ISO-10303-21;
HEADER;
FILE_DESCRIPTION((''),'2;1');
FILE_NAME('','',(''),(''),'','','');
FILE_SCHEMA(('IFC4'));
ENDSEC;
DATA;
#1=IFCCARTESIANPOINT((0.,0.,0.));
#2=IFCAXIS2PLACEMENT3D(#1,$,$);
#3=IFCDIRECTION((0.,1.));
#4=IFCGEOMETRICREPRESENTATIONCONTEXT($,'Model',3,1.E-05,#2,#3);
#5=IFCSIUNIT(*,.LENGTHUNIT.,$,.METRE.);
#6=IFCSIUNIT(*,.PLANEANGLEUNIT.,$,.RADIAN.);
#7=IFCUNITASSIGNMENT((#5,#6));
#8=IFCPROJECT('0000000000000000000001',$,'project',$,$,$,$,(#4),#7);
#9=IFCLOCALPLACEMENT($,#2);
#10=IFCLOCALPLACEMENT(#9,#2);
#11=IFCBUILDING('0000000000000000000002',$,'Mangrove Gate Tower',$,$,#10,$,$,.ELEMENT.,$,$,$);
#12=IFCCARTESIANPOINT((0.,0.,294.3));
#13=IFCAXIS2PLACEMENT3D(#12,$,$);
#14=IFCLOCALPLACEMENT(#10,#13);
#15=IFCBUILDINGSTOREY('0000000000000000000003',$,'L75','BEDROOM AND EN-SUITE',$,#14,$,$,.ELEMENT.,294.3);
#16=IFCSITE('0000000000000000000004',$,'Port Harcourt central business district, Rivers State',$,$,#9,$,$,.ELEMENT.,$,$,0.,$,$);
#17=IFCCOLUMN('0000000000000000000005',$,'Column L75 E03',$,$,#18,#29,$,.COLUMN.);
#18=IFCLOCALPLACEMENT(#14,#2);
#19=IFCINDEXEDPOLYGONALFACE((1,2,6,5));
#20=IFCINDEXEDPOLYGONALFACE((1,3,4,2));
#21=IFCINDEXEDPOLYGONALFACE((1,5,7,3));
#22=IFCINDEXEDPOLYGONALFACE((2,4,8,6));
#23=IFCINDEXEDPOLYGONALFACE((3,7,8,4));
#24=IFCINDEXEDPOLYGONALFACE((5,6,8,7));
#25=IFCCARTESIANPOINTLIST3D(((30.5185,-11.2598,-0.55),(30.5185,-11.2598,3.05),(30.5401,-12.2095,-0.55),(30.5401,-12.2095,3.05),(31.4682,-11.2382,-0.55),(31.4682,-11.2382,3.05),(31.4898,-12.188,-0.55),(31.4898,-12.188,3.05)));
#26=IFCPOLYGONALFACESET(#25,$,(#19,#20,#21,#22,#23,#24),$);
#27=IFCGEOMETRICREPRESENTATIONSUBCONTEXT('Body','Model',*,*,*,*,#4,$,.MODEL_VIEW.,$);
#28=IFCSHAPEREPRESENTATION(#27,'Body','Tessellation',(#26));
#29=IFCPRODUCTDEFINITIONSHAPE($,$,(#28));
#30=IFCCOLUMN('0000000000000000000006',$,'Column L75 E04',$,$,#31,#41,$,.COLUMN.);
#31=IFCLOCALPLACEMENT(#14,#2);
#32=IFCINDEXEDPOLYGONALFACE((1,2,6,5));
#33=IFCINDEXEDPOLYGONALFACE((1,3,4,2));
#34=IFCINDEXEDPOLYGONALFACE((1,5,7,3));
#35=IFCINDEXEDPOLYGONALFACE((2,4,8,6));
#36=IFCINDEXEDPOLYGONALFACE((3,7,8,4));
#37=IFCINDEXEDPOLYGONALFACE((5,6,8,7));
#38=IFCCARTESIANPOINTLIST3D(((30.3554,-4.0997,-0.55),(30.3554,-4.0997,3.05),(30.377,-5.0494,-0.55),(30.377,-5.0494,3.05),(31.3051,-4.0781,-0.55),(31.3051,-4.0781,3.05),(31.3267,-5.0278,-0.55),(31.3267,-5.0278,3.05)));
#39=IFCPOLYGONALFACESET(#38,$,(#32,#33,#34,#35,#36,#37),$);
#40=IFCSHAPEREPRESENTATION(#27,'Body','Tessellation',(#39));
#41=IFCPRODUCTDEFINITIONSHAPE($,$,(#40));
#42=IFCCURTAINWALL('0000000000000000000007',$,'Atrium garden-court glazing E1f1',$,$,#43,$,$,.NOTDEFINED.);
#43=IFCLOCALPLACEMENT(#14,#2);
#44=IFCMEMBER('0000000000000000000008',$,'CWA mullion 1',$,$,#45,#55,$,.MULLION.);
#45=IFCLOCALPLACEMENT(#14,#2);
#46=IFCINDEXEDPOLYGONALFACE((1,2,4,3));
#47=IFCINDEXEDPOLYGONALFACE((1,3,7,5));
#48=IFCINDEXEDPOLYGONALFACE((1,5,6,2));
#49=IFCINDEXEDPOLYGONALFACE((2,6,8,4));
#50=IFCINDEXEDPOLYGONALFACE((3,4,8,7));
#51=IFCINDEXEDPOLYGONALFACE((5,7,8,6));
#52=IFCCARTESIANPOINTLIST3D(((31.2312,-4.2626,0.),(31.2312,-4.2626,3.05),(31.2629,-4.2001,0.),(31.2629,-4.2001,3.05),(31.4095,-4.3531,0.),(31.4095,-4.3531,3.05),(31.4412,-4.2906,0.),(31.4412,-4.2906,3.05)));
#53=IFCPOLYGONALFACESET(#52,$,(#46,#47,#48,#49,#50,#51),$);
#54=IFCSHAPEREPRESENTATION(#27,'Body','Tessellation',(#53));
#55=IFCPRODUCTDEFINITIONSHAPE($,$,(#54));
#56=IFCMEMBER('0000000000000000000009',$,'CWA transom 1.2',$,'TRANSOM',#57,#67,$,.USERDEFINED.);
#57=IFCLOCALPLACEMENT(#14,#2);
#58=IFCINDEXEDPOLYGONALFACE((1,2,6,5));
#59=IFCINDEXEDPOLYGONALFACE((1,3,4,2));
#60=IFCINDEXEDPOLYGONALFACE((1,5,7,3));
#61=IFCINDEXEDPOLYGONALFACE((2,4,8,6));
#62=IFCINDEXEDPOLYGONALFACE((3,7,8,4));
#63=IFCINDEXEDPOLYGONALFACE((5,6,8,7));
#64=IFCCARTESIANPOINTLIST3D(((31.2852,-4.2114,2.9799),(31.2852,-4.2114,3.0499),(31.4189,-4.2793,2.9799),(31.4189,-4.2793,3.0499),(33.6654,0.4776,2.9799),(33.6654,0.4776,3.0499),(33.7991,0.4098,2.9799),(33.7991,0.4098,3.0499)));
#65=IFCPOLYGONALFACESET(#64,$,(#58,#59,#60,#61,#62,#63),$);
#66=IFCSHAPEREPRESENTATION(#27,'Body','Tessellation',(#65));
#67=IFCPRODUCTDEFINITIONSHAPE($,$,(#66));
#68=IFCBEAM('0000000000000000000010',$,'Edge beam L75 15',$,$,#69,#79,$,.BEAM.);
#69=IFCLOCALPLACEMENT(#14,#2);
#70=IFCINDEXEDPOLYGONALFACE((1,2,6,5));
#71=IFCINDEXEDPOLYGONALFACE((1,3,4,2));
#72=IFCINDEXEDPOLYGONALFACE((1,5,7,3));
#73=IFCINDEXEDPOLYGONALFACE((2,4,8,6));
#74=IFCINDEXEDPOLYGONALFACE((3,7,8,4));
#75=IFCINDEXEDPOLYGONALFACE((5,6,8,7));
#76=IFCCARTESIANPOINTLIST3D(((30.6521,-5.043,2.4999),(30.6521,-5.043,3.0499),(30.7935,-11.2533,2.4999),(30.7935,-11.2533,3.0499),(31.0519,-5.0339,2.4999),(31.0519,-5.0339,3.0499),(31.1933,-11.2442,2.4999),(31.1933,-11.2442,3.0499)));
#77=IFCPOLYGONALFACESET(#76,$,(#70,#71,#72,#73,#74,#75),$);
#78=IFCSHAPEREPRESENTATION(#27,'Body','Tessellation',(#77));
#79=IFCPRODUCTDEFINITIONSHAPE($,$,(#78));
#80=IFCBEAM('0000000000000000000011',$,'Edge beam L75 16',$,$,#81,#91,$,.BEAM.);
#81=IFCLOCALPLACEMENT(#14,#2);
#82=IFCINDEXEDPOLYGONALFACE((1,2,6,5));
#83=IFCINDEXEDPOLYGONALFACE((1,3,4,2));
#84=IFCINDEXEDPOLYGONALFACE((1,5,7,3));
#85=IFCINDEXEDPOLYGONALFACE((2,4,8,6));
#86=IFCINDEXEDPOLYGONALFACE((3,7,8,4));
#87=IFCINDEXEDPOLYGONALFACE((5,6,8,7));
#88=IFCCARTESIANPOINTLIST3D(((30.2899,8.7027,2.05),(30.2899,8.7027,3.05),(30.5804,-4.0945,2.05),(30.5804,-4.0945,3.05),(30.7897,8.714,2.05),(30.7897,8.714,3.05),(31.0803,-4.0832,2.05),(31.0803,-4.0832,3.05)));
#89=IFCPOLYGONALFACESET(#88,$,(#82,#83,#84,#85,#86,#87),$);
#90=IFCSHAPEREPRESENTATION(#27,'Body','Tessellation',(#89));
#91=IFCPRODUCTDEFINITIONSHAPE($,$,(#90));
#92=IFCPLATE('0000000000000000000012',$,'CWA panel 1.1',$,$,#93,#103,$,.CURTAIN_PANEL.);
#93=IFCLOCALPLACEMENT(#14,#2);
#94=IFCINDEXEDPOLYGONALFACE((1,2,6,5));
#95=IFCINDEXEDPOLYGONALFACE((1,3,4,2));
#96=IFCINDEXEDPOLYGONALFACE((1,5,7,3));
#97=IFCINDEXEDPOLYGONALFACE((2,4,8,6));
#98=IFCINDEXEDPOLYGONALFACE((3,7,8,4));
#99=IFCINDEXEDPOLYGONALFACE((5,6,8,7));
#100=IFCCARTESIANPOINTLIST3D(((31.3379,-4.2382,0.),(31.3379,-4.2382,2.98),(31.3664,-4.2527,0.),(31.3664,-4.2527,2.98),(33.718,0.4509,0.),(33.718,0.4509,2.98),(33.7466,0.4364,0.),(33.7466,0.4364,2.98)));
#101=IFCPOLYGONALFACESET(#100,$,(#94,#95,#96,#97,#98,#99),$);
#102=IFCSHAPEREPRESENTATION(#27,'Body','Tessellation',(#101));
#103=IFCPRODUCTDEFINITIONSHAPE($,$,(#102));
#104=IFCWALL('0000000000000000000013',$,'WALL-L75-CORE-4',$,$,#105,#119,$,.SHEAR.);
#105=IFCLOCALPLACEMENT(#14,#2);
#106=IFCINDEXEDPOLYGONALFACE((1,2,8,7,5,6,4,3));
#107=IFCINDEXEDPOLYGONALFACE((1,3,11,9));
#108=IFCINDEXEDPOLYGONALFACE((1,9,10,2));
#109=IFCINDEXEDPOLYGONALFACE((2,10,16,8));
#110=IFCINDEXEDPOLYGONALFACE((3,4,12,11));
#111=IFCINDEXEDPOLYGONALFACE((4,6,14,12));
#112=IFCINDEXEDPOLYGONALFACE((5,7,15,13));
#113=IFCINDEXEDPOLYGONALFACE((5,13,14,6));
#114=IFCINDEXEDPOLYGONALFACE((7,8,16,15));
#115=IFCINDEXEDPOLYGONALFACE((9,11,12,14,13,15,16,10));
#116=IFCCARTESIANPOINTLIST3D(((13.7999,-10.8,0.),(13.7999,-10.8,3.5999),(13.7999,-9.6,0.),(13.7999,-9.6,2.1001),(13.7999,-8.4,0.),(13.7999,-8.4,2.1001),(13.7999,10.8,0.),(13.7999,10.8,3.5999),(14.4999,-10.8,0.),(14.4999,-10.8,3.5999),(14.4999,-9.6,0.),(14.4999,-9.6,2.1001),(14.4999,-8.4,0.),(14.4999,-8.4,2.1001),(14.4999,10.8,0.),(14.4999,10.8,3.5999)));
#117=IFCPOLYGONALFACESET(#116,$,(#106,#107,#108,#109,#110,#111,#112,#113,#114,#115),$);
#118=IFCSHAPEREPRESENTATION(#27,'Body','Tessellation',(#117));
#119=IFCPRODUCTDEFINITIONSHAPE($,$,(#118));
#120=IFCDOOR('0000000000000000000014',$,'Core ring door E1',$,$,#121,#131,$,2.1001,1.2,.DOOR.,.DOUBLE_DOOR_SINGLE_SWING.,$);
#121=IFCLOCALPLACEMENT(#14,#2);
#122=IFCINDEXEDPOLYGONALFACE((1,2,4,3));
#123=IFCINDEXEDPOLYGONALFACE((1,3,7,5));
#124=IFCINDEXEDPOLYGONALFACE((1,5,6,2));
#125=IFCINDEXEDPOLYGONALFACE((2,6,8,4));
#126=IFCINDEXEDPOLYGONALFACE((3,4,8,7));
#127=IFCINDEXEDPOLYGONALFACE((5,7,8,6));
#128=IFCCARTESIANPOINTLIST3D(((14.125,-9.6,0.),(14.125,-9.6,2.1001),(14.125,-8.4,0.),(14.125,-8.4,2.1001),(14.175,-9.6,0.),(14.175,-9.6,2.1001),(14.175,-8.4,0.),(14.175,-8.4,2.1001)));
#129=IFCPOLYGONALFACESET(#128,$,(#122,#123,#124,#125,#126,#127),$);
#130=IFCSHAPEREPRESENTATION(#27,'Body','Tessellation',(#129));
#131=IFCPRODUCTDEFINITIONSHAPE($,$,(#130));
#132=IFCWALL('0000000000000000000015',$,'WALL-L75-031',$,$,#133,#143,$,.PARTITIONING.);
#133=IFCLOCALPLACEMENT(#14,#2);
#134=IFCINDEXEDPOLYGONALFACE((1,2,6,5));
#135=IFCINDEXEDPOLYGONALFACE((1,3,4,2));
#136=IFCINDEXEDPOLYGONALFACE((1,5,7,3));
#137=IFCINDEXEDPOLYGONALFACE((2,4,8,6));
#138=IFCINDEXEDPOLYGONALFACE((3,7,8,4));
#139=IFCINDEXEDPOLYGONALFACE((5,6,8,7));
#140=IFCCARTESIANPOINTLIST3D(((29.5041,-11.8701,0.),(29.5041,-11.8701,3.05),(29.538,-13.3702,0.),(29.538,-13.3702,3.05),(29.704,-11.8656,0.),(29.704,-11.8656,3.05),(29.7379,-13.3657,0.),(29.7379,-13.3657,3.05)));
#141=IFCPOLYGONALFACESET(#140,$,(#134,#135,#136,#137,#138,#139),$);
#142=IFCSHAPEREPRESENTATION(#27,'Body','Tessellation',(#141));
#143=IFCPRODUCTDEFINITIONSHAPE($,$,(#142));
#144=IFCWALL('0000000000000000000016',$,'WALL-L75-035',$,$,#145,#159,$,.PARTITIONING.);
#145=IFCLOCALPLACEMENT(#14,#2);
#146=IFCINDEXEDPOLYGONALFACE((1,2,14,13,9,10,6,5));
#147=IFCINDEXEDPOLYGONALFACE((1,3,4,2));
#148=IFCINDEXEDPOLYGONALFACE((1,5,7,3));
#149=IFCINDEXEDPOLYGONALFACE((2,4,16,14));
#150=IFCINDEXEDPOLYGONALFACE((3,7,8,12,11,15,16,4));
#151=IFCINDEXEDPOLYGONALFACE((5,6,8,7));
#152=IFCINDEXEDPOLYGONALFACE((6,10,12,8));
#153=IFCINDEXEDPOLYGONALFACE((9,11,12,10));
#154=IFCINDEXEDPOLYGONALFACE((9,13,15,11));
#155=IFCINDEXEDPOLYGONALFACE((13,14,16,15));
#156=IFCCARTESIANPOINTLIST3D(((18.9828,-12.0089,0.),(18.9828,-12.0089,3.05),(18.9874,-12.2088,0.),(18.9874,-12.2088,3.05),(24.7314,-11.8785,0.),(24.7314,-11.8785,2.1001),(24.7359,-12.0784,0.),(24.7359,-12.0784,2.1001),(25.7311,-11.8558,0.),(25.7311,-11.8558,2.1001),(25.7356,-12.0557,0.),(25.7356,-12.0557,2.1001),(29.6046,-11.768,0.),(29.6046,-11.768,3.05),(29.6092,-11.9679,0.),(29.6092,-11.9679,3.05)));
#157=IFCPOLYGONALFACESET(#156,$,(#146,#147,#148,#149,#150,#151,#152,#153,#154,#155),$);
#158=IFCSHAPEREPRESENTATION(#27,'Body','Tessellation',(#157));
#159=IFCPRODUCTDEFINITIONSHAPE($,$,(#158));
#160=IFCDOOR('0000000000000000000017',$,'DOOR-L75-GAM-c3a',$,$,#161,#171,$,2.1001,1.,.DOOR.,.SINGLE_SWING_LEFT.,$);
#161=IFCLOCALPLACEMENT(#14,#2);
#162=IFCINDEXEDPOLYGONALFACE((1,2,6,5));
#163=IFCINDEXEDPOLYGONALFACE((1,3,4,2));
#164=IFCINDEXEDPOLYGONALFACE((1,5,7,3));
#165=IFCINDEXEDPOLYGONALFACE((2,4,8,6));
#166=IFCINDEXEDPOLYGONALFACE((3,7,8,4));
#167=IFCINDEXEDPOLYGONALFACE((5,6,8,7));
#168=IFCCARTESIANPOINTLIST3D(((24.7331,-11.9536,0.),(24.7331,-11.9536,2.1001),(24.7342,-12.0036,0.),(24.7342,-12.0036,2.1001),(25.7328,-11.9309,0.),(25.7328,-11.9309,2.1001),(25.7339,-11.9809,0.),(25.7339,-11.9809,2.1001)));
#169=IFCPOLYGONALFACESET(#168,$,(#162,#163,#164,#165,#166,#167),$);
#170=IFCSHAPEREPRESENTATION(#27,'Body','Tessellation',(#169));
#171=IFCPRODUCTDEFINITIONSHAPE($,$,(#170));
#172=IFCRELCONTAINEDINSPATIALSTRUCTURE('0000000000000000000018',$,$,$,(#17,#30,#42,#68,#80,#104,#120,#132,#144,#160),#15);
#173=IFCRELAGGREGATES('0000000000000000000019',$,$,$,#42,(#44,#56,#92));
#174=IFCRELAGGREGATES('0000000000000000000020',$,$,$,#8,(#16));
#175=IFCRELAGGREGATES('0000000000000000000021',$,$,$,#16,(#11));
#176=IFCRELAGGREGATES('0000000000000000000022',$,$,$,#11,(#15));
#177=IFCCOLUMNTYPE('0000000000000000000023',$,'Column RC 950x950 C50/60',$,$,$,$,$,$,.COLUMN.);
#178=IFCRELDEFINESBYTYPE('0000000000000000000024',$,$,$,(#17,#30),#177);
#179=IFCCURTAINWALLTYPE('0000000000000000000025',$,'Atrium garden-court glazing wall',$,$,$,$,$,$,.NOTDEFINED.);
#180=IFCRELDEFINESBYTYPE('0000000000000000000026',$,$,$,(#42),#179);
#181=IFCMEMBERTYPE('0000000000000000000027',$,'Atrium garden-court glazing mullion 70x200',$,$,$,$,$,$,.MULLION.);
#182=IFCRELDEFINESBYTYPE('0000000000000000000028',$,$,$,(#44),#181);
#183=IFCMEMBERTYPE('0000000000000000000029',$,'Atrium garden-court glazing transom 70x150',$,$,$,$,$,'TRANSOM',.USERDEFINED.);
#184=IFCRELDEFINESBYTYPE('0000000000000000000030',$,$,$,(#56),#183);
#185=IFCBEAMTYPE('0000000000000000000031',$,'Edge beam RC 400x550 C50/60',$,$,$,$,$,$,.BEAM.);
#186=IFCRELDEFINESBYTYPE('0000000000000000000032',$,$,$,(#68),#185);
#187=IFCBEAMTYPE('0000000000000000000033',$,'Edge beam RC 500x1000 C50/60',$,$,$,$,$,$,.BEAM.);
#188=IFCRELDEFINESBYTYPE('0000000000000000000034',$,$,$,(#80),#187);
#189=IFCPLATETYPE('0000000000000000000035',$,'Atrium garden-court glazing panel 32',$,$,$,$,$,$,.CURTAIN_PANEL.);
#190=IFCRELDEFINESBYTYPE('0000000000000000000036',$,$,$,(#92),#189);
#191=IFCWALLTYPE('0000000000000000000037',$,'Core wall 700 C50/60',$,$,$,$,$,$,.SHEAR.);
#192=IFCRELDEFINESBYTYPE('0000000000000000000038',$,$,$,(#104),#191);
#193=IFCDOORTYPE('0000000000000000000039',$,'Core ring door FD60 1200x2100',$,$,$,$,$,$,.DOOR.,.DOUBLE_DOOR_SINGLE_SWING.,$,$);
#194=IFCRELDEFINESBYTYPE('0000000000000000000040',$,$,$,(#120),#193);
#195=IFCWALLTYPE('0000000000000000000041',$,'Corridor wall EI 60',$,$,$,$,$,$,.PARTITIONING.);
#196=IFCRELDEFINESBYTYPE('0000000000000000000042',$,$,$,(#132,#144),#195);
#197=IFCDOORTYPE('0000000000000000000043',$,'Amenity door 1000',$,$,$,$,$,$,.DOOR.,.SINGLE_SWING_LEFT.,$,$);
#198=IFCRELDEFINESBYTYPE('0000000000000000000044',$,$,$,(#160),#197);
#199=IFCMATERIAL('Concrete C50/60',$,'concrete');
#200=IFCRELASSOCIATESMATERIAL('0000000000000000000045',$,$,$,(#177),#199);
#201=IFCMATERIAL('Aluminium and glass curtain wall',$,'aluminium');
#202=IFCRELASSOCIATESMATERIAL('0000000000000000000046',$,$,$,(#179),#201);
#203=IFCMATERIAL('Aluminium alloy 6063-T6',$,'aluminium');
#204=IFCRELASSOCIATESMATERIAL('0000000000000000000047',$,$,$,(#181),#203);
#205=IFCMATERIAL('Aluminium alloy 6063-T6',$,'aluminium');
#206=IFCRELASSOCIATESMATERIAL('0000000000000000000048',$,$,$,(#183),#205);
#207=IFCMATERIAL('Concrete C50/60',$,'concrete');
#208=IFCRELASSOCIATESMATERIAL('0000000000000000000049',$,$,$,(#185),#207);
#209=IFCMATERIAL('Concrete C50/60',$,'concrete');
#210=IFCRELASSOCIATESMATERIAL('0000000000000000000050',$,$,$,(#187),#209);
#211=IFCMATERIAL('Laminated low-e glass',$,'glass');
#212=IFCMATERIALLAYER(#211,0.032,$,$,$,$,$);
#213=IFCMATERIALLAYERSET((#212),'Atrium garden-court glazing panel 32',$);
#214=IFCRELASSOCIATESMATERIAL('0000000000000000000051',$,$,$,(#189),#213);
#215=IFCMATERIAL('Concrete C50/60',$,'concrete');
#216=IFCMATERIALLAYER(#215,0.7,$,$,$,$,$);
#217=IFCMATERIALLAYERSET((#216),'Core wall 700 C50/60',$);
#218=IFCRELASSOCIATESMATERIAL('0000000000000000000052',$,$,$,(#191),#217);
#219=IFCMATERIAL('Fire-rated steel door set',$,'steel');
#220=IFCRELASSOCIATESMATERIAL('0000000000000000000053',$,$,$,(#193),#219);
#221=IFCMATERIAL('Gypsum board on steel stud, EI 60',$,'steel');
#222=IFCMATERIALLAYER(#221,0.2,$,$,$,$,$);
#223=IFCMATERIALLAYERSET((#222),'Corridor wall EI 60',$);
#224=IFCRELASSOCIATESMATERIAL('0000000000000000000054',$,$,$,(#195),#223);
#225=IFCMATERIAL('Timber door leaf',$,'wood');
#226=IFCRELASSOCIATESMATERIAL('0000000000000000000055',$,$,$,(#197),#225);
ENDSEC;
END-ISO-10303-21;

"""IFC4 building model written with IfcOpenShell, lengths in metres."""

from ifc_helpers import new_model, si_unit, direction, frame, frame_2d, origin, origin_2d, place, context, subcontext, project, spatial, rectangle, extrude, material, layer, layer_set, material_profile, profile_set, type_object, element, fill, aggregate, save


model = new_model("IFC4")

# Units and contexts
model_context = context("Model", 3, precision=1e-05, world=origin(), true_north=direction((0.0, 1.0)))
body_context = subcontext(model_context, "Body", "Model", "MODEL_VIEW")
ifc_project = project(units=[si_unit("LENGTHUNIT", "METRE"), si_unit("PLANEANGLEUNIT", "RADIAN")], contexts=[model_context])

# Site, building, storey
site_placement = place(None, origin())
site = spatial("IfcSite", under=ifc_project, at=site_placement, Name="Port Harcourt central business district, Rivers State", CompositionType="ELEMENT", RefElevation=0.0)
building_placement = place(site_placement, origin())
building = spatial("IfcBuilding", under=site, at=building_placement, Name="Mangrove Gate Tower", CompositionType="ELEMENT")
storey_placement = place(building_placement, frame((0.0, 0.0, 294.3)))
storey = spatial("IfcBuildingStorey", under=building, at=storey_placement, Name="L75", Description="BEDROOM AND EN-SUITE", CompositionType="ELEMENT", Elevation=294.3)

# Columns
ifc_material_1 = material(Name="Concrete C50/60", Category="concrete")
ifc_material_profile_1 = material_profile(ifc_material_1, rectangle(XDim=0.95, YDim=0.95, at=origin_2d()))
ifc_profile_set_1 = profile_set([ifc_material_profile_1], Name="Concrete C50/60")
column_type = type_object("IfcColumnType", Name="Column RC 950x950 C50/60", PredefinedType="COLUMN", material=ifc_profile_set_1)
for number, where, z_axis, x_axis, name in (
    (1, (31.0042, -11.7239, -0.55), (0.0, 0.0, 1.0), (-0.022688, 0.999743, 0.0), "Column L75 E03"),
    (2, (30.8411, -4.5637, -0.55), (0.0, 0.0, 1.0), (-0.022714, 0.999742, 0.0), "Column L75 E04"),
):
    element("IfcColumn", number, at=place(storey_placement, frame(where, z_axis=z_axis, x_axis=x_axis)), inside=storey, type_object=column_type, Name=name, PredefinedType="COLUMN", context=body_context, shape_type="SweptSolid", body=[
        extrude(rectangle(XDim=0.95, YDim=0.95, at=origin_2d()), origin(), (0.0, 0.0, 1.0), 3.6001),
    ])

# Curtain wall, members
ifc_material_2 = material(Name="Aluminium and glass curtain wall", Category="aluminium")
curtain_wall_type = type_object("IfcCurtainWallType", Name="Atrium garden-court glazing wall", PredefinedType="NOTDEFINED", material=ifc_material_2)
curtain_wall_placement = place(storey_placement, origin())
curtain_wall = element("IfcCurtainWall", 3, at=curtain_wall_placement, inside=storey, type_object=curtain_wall_type, Name="Atrium garden-court glazing E1f1", PredefinedType="NOTDEFINED")
ifc_material_3 = material(Name="Aluminium alloy 6063-T6", Category="aluminium")
ifc_material_profile_2 = material_profile(ifc_material_3, rectangle(XDim=0.0701, YDim=0.2, at=origin_2d()))
ifc_profile_set_2 = profile_set([ifc_material_profile_2], Name="Aluminium alloy 6063-T6")
member_type_1 = type_object("IfcMemberType", Name="Atrium garden-court glazing mullion 70x200", PredefinedType="MULLION", material=ifc_profile_set_2)
member_1_placement = place(storey_placement, frame((31.3362, -4.2766, 0.0), z_axis=(0.0, 0.0, 1.0), x_axis=(0.452617, 0.891705, 0.0)))
member_1 = element("IfcMember", 4, at=member_1_placement, type_object=member_type_1, Name="CWA mullion 1", PredefinedType="MULLION", context=body_context, shape_type="SweptSolid", body=[
    extrude(rectangle(XDim=0.0701, YDim=0.2, at=origin_2d()), origin(), (0.0, 0.0, 1.0), 3.05),
])
ifc_material_4 = material(Name="Aluminium alloy 6063-T6", Category="aluminium")
ifc_material_profile_3 = material_profile(ifc_material_4, rectangle(XDim=0.0701, YDim=0.1499, at=origin_2d()))
ifc_profile_set_3 = profile_set([ifc_material_profile_3], Name="Aluminium alloy 6063-T6")
member_type_2 = type_object("IfcMemberType", Name="Atrium garden-court glazing transom 70x150", ElementType="TRANSOM", PredefinedType="USERDEFINED", material=ifc_profile_set_3)
member_2_placement = place(storey_placement, frame((31.3521, -4.2454, 3.0149), z_axis=(0.452628, 0.891699, 0.0), x_axis=(0.0, 0.0, 1.0)))
member_2 = element("IfcMember", 5, at=member_2_placement, type_object=member_type_2, Name="CWA transom 1.2", ObjectType="TRANSOM", PredefinedType="USERDEFINED", context=body_context, shape_type="SweptSolid", body=[
    extrude(rectangle(XDim=0.0701, YDim=0.1499, at=origin_2d()), origin(), (0.0, 0.0, 1.0), 5.2585),
])

# Beams
ifc_material_5 = material(Name="Concrete C50/60", Category="concrete")
ifc_material_profile_4 = material_profile(ifc_material_5, rectangle(XDim=0.3999, YDim=0.55, at=origin_2d()))
ifc_profile_set_4 = profile_set([ifc_material_profile_4], Name="Concrete C50/60")
beam_type_1 = type_object("IfcBeamType", Name="Edge beam RC 400x550 C50/60", PredefinedType="BEAM", material=ifc_profile_set_4)
beam_1_placement = place(storey_placement, frame((30.9934, -11.2488, 2.7749), z_axis=(-0.022756, 0.999741, 0.0), x_axis=(-0.999741, -0.022756, 0.0)))
element("IfcBeam", 6, at=beam_1_placement, inside=storey, type_object=beam_type_1, Name="Edge beam L75 15", PredefinedType="BEAM", context=body_context, shape_type="SweptSolid", body=[
    extrude(rectangle(XDim=0.3999, YDim=0.55, at=origin_2d()), origin(), (0.0, 0.0, 1.0), 6.2119),
])
ifc_material_6 = material(Name="Concrete C50/60", Category="concrete")
ifc_material_profile_5 = material_profile(ifc_material_6, rectangle(XDim=0.5, YDim=1.0, at=origin_2d()))
ifc_profile_set_5 = profile_set([ifc_material_profile_5], Name="Concrete C50/60")
beam_type_2 = type_object("IfcBeamType", Name="Edge beam RC 500x1000 C50/60", PredefinedType="BEAM", material=ifc_profile_set_5)
beam_2_placement = place(storey_placement, frame((30.8303, -4.0889, 2.55), z_axis=(-0.022697, 0.999742, 0.0), x_axis=(-0.999742, -0.022697, 0.0)))
element("IfcBeam", 7, at=beam_2_placement, inside=storey, type_object=beam_type_2, Name="Edge beam L75 16", PredefinedType="BEAM", context=body_context, shape_type="SweptSolid", body=[
    extrude(rectangle(XDim=0.5, YDim=1.0, at=origin_2d()), origin(), (0.0, 0.0, 1.0), 12.8005),
])

# Plate
ifc_material_7 = material(Name="Laminated low-e glass", Category="glass")
ifc_layer_1 = layer(ifc_material_7, 0.032)
ifc_layer_set_1 = layer_set([ifc_layer_1], Name="Atrium garden-court glazing panel 32")
plate_type = type_object("IfcPlateType", Name="Atrium garden-court glazing panel 32", PredefinedType="CURTAIN_PANEL", material=ifc_layer_set_1)
plate_placement = place(storey_placement, frame((32.5422, -1.9009, 0.0), z_axis=(0.0, 0.0, 1.0), x_axis=(0.452617, 0.891705, 0.0)))
plate = element("IfcPlate", 8, at=plate_placement, type_object=plate_type, Name="CWA panel 1.1", PredefinedType="CURTAIN_PANEL", context=body_context, shape_type="SweptSolid", body=[
    extrude(rectangle(XDim=5.2585, YDim=0.032, at=origin_2d()), origin(), (0.0, 0.0, 1.0), 2.98),
])
aggregate(curtain_wall, [member_1, member_2, plate])

# Wall, opening, door
ifc_material_8 = material(Name="Concrete C50/60", Category="concrete")
ifc_layer_2 = layer(ifc_material_8, 0.7)
ifc_layer_set_2 = layer_set([ifc_layer_2], Name="Core wall 700 C50/60")
wall_type_1 = type_object("IfcWallType", Name="Core wall 700 C50/60", PredefinedType="SHEAR", material=ifc_layer_set_2)
wall_1_placement = place(storey_placement, frame((14.1499, -10.8, 0.0), z_axis=(0.0, 0.0, 1.0), x_axis=(0.0, 1.0, 0.0)))
wall_1 = element("IfcWall", 9, at=wall_1_placement, inside=storey, type_object=wall_type_1, Name="WALL-L75-CORE-4", PredefinedType="SHEAR", context=body_context, shape_type="SweptSolid", body=[
    extrude(rectangle(XDim=21.6001, YDim=0.7, at=frame_2d((10.8, 0.0))), origin(), (0.0, 0.0, 1.0), 3.5999),
])
opening_1_placement = place(wall_1_placement, frame((1.2, 0.0, 0.0)))
opening_1 = element("IfcOpeningElement", 10, at=opening_1_placement, cuts=wall_1, PredefinedType="OPENING", context=body_context, shape_type="SweptSolid", body=[
    extrude(rectangle(XDim=1.2, YDim=2.1001, at=frame_2d((0.6001, 1.05))), frame((0.0, 0.3599, 0.0), z_axis=(0.0, -1.0, 0.0), x_axis=(1.0, 0.0, 0.0)), (0.0, 0.0, 1.0), 0.72),
])
ifc_material_9 = material(Name="Fire-rated steel door set", Category="steel")
door_type_1 = type_object("IfcDoorType", Name="Core ring door FD60 1200x2100", OperationType="DOUBLE_DOOR_SINGLE_SWING", PredefinedType="DOOR", material=ifc_material_9)
door_1_placement = place(opening_1_placement, origin())
door_1 = element("IfcDoor", 11, at=door_1_placement, inside=storey, type_object=door_type_1, Name="Core ring door E1", OperationType="DOUBLE_DOOR_SINGLE_SWING", OverallHeight=2.1001, OverallWidth=1.2, PredefinedType="DOOR", context=body_context, shape_type="SweptSolid", body=[
    extrude(rectangle(XDim=1.2, YDim=2.1001, at=frame_2d((0.6001, 1.05))), frame((0.0, 0.0249, 0.0), z_axis=(0.0, -1.0, 0.0), x_axis=(1.0, 0.0, 0.0)), (0.0, 0.0, 1.0), 0.05),
])
fill(opening_1, door_1)

# Wall
ifc_material_10 = material(Name="Gypsum board on steel stud, EI 60", Category="steel")
ifc_layer_3 = layer(ifc_material_10, 0.2)
ifc_layer_set_3 = layer_set([ifc_layer_3], Name="Corridor wall EI 60")
wall_type_2 = type_object("IfcWallType", Name="Corridor wall EI 60", PredefinedType="PARTITIONING", material=ifc_layer_set_3)
wall_2_placement = place(storey_placement, frame((29.6379, -13.3679, 0.0), z_axis=(0.0, 0.0, 1.0), x_axis=(-0.022618, 0.999744, 0.0)))
element("IfcWall", 12, at=wall_2_placement, inside=storey, type_object=wall_type_2, Name="WALL-L75-031", PredefinedType="PARTITIONING", context=body_context, shape_type="SweptSolid", body=[
    extrude(rectangle(XDim=1.5005, YDim=0.2, at=frame_2d((0.7502, 0.0))), origin(), (0.0, 0.0, 1.0), 3.05),
])

# Wall, opening, door
wall_3_placement = place(storey_placement, frame((18.9851, -12.1089, 0.0), z_axis=(0.0, 0.0, 1.0), x_axis=(0.999743, 0.02268, 0.0)))
wall_3 = element("IfcWall", 13, at=wall_3_placement, inside=storey, type_object=wall_type_2, Name="WALL-L75-035", PredefinedType="PARTITIONING", context=body_context, shape_type="SweptSolid", body=[
    extrude(rectangle(XDim=10.6245, YDim=0.2, at=frame_2d((5.3123, 0.0))), origin(), (0.0, 0.0, 1.0), 3.05),
])
opening_2_placement = place(wall_3_placement, frame((5.75, 0.0, 0.0)))
opening_2 = element("IfcOpeningElement", 14, at=opening_2_placement, cuts=wall_3, PredefinedType="OPENING", context=body_context, shape_type="SweptSolid", body=[
    extrude(rectangle(XDim=1.0, YDim=2.1001, at=frame_2d((0.5, 1.05))), frame((0.0, 0.1099, 0.0), z_axis=(0.0, -1.0, 0.0), x_axis=(1.0, 0.0, 0.0)), (0.0, 0.0, 1.0), 0.22),
])
ifc_material_11 = material(Name="Timber door leaf", Category="wood")
door_type_2 = type_object("IfcDoorType", Name="Amenity door 1000", OperationType="SINGLE_SWING_LEFT", PredefinedType="DOOR", material=ifc_material_11)
door_2_placement = place(opening_2_placement, origin())
door_2 = element("IfcDoor", 15, at=door_2_placement, inside=storey, type_object=door_type_2, Name="DOOR-L75-GAM-c3a", OperationType="SINGLE_SWING_LEFT", OverallHeight=2.1001, OverallWidth=1.0, PredefinedType="DOOR", context=body_context, shape_type="SweptSolid", body=[
    extrude(rectangle(XDim=1.0, YDim=2.1001, at=frame_2d((0.5, 1.05))), frame((0.0, 0.0249, 0.0), z_axis=(0.0, -1.0, 0.0), x_axis=(1.0, 0.0, 0.0)), (0.0, 0.0, 1.0), 0.05),
])
fill(opening_2, door_2)

save(model, "model.ifc")
